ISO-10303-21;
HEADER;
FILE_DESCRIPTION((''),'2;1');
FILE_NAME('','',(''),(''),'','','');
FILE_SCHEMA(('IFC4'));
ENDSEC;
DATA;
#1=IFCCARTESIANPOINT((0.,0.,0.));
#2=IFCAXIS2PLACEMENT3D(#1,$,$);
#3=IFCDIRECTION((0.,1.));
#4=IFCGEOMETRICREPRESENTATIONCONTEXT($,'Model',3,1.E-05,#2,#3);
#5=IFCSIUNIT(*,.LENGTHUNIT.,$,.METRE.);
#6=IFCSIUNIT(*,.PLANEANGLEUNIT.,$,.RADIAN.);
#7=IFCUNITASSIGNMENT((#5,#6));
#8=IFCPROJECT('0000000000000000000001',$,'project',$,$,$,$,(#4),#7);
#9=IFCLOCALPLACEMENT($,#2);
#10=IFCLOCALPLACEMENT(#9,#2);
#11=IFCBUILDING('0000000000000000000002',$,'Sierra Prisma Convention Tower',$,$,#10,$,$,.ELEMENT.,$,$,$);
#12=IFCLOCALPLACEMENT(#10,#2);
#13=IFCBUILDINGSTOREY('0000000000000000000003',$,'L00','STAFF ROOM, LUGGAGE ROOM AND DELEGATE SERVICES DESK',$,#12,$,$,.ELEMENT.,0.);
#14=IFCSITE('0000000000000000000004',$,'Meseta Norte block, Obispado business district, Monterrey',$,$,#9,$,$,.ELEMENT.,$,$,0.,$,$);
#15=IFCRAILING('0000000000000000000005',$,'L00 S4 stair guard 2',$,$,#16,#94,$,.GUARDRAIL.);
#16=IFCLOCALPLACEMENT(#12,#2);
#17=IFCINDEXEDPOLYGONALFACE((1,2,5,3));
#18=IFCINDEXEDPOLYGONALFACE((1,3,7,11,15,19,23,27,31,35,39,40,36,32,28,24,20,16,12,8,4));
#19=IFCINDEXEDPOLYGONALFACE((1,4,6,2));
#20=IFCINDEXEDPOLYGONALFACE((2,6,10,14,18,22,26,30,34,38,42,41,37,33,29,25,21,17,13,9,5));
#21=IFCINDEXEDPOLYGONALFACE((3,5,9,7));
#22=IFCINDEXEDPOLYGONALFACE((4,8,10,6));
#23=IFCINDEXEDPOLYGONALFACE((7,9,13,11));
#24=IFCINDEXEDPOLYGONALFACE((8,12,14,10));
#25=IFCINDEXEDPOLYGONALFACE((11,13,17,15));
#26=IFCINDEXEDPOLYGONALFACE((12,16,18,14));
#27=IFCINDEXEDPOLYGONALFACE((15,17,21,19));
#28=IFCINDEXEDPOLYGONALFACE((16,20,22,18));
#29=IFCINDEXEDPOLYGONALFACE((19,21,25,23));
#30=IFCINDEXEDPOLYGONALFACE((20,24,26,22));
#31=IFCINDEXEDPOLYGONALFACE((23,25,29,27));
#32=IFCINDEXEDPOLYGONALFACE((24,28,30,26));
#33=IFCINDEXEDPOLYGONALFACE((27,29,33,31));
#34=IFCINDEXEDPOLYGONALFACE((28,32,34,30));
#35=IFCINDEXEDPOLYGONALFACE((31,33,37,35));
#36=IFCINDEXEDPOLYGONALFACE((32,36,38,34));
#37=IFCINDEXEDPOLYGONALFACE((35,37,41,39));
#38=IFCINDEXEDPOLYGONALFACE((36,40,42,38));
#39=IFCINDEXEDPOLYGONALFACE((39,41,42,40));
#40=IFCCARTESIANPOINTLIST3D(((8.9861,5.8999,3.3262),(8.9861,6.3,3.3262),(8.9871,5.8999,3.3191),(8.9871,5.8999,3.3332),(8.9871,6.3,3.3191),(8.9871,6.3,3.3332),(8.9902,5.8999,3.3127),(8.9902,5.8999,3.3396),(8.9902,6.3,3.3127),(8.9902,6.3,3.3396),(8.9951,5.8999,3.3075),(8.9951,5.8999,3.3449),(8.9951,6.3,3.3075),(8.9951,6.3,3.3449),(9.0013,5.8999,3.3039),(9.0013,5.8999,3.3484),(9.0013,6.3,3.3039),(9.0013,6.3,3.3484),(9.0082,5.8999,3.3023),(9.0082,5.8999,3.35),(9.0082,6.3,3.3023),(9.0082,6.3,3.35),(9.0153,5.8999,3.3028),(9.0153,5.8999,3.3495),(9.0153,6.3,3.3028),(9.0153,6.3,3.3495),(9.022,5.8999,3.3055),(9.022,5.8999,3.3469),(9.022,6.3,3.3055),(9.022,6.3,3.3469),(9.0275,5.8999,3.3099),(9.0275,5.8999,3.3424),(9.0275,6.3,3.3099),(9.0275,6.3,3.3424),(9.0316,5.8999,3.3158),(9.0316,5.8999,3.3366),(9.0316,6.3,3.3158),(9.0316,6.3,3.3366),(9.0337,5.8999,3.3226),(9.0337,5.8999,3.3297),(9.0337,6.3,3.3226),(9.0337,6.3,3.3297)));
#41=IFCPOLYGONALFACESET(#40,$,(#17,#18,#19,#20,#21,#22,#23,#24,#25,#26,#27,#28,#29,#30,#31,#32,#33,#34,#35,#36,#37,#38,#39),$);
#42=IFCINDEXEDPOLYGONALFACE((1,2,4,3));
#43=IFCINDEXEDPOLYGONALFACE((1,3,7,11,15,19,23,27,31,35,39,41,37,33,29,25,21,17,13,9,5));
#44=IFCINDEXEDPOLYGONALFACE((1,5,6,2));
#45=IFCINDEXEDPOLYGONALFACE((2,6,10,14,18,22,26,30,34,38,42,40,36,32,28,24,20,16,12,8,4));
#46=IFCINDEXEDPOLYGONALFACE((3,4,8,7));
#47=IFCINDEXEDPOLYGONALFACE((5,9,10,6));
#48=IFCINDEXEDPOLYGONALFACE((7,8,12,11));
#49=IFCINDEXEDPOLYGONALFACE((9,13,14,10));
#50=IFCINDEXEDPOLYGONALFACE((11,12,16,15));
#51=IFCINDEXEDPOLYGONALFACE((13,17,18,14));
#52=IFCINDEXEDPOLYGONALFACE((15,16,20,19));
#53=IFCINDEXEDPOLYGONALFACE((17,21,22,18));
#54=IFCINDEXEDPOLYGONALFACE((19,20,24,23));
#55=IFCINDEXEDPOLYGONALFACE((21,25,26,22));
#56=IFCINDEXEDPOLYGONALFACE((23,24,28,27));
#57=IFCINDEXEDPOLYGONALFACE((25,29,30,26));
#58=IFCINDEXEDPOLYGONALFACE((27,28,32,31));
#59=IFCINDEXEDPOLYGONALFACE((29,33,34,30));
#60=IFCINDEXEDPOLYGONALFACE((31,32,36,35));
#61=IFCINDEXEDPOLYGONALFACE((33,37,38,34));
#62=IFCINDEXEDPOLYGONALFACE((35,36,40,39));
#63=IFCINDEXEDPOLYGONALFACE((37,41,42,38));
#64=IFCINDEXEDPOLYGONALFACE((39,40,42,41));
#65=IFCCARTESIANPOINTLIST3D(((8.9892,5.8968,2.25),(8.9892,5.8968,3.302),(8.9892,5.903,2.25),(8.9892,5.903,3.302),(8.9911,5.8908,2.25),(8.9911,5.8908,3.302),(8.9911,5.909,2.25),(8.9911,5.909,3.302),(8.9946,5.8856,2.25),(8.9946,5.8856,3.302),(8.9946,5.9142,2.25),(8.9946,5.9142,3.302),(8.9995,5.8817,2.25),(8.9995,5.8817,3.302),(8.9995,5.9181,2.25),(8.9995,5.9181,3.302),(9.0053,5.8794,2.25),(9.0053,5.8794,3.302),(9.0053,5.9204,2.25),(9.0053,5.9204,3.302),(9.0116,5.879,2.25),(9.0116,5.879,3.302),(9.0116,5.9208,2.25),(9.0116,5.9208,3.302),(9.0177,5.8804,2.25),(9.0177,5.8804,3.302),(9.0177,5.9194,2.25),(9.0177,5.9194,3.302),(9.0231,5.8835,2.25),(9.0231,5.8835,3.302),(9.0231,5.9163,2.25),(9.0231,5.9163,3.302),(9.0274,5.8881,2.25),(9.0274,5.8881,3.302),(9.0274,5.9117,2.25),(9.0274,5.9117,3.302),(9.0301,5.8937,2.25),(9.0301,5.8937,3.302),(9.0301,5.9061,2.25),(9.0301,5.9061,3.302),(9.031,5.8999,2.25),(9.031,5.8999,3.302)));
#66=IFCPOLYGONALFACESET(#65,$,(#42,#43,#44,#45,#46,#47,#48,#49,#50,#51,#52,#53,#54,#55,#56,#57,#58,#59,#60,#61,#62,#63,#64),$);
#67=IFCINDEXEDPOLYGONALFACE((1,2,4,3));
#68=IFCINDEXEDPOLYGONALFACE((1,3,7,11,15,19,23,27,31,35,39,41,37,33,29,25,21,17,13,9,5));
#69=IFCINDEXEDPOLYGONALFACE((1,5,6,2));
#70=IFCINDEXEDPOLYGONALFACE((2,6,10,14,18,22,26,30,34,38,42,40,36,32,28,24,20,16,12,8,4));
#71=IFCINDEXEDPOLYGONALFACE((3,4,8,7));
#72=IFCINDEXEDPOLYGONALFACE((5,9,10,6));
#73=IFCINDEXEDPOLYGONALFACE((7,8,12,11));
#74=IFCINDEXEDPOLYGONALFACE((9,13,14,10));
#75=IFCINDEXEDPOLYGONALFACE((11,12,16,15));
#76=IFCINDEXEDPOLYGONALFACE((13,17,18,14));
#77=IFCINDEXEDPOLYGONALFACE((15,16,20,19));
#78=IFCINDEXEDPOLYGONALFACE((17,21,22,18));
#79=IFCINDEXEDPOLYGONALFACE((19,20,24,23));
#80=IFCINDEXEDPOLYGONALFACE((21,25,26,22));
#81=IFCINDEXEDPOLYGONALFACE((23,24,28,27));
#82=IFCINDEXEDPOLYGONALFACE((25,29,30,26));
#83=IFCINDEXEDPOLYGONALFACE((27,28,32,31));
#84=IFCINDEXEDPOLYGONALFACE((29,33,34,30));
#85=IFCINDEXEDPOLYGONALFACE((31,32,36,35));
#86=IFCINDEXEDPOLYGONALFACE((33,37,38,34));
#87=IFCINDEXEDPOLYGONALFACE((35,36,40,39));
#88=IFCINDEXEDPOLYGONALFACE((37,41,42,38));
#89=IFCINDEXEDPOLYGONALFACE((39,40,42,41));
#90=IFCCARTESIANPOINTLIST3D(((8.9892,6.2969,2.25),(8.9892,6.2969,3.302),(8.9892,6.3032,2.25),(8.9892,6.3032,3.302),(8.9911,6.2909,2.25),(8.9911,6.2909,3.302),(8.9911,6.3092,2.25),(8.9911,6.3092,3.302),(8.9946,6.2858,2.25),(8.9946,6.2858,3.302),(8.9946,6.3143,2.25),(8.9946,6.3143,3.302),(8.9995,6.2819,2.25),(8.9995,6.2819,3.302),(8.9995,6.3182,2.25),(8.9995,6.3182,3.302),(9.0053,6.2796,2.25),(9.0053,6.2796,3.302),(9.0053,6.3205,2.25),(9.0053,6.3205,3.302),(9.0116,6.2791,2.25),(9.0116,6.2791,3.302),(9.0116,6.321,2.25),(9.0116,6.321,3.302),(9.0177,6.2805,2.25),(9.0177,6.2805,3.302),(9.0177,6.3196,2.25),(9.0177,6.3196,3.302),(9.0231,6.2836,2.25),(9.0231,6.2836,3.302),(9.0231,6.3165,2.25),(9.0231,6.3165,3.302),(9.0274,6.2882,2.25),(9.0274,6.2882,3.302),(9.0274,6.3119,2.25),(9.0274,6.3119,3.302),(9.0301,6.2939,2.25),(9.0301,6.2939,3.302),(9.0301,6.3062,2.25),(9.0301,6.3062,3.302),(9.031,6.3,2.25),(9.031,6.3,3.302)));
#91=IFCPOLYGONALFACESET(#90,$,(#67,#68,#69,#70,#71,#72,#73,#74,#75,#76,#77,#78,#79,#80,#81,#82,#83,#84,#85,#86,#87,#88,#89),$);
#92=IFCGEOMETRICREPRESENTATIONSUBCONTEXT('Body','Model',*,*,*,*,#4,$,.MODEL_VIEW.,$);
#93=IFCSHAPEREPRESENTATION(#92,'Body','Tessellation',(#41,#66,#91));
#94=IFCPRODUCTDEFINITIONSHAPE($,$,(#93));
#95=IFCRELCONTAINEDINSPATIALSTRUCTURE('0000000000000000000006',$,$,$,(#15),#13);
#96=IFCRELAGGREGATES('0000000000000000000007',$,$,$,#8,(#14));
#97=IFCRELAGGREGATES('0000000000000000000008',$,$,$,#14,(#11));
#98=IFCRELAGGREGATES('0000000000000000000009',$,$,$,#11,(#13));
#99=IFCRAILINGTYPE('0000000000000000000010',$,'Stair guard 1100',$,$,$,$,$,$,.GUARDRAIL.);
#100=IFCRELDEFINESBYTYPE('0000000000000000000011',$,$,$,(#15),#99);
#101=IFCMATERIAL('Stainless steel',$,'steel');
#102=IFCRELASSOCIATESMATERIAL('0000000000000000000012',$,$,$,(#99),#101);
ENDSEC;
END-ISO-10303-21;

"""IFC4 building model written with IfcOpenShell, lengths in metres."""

from ifc_helpers import new_model, si_unit, direction, frame, origin, origin_2d, place, context, subcontext, project, spatial, circle, extrude, material, type_object, element, save


model = new_model("IFC4")

# Units and contexts
model_context = context("Model", 3, precision=1e-05, world=origin(), true_north=direction((0.0, 1.0)))
body_context = subcontext(model_context, "Body", "Model", "MODEL_VIEW")
ifc_project = project(units=[si_unit("LENGTHUNIT", "METRE"), si_unit("PLANEANGLEUNIT", "RADIAN")], contexts=[model_context])

# Site, building, storey
site_placement = place(None, origin())
site = spatial("IfcSite", under=ifc_project, at=site_placement, Name="Meseta Norte block, Obispado business district, Monterrey", CompositionType="ELEMENT", RefElevation=0.0)
building_placement = place(site_placement, origin())
building = spatial("IfcBuilding", under=site, at=building_placement, Name="Sierra Prisma Convention Tower", CompositionType="ELEMENT")
storey_placement = place(building_placement, origin())
storey = spatial("IfcBuildingStorey", under=building, at=storey_placement, Name="L00", Description="STAFF ROOM, LUGGAGE ROOM AND DELEGATE SERVICES DESK", CompositionType="ELEMENT", Elevation=0.0)

# Railing
ifc_material_1 = material(Name="Stainless steel", Category="steel")
railing_type_1 = type_object("IfcRailingType", Name="Stair guard 1100", PredefinedType="GUARDRAIL", material=ifc_material_1)
railing_1_placement = place(storey_placement, frame((9.01, 5.8999, 2.25)))
element("IfcRailing", 1, at=railing_1_placement, inside=storey, type_object=railing_type_1, Name="L00 S4 stair guard 2", PredefinedType="GUARDRAIL", context=body_context, shape_type="SweptSolid", body=[
    extrude(circle(Radius=0.0239, at=origin_2d()), frame((0.0, 0.0, 1.0762), z_axis=(0.0, 1.0, 0.0), x_axis=(-1.0, 0.0, 0.0)), (0.0, 0.0, 1.0), 0.4001),
    extrude(circle(Radius=0.021, at=origin_2d()), origin(), (0.0, 0.0, 1.0), 1.052),
    extrude(circle(Radius=0.021, at=origin_2d()), frame((0.0, 0.4001, 0.0)), (0.0, 0.0, 1.0), 1.052),
])

save(model, "model.ifc")
